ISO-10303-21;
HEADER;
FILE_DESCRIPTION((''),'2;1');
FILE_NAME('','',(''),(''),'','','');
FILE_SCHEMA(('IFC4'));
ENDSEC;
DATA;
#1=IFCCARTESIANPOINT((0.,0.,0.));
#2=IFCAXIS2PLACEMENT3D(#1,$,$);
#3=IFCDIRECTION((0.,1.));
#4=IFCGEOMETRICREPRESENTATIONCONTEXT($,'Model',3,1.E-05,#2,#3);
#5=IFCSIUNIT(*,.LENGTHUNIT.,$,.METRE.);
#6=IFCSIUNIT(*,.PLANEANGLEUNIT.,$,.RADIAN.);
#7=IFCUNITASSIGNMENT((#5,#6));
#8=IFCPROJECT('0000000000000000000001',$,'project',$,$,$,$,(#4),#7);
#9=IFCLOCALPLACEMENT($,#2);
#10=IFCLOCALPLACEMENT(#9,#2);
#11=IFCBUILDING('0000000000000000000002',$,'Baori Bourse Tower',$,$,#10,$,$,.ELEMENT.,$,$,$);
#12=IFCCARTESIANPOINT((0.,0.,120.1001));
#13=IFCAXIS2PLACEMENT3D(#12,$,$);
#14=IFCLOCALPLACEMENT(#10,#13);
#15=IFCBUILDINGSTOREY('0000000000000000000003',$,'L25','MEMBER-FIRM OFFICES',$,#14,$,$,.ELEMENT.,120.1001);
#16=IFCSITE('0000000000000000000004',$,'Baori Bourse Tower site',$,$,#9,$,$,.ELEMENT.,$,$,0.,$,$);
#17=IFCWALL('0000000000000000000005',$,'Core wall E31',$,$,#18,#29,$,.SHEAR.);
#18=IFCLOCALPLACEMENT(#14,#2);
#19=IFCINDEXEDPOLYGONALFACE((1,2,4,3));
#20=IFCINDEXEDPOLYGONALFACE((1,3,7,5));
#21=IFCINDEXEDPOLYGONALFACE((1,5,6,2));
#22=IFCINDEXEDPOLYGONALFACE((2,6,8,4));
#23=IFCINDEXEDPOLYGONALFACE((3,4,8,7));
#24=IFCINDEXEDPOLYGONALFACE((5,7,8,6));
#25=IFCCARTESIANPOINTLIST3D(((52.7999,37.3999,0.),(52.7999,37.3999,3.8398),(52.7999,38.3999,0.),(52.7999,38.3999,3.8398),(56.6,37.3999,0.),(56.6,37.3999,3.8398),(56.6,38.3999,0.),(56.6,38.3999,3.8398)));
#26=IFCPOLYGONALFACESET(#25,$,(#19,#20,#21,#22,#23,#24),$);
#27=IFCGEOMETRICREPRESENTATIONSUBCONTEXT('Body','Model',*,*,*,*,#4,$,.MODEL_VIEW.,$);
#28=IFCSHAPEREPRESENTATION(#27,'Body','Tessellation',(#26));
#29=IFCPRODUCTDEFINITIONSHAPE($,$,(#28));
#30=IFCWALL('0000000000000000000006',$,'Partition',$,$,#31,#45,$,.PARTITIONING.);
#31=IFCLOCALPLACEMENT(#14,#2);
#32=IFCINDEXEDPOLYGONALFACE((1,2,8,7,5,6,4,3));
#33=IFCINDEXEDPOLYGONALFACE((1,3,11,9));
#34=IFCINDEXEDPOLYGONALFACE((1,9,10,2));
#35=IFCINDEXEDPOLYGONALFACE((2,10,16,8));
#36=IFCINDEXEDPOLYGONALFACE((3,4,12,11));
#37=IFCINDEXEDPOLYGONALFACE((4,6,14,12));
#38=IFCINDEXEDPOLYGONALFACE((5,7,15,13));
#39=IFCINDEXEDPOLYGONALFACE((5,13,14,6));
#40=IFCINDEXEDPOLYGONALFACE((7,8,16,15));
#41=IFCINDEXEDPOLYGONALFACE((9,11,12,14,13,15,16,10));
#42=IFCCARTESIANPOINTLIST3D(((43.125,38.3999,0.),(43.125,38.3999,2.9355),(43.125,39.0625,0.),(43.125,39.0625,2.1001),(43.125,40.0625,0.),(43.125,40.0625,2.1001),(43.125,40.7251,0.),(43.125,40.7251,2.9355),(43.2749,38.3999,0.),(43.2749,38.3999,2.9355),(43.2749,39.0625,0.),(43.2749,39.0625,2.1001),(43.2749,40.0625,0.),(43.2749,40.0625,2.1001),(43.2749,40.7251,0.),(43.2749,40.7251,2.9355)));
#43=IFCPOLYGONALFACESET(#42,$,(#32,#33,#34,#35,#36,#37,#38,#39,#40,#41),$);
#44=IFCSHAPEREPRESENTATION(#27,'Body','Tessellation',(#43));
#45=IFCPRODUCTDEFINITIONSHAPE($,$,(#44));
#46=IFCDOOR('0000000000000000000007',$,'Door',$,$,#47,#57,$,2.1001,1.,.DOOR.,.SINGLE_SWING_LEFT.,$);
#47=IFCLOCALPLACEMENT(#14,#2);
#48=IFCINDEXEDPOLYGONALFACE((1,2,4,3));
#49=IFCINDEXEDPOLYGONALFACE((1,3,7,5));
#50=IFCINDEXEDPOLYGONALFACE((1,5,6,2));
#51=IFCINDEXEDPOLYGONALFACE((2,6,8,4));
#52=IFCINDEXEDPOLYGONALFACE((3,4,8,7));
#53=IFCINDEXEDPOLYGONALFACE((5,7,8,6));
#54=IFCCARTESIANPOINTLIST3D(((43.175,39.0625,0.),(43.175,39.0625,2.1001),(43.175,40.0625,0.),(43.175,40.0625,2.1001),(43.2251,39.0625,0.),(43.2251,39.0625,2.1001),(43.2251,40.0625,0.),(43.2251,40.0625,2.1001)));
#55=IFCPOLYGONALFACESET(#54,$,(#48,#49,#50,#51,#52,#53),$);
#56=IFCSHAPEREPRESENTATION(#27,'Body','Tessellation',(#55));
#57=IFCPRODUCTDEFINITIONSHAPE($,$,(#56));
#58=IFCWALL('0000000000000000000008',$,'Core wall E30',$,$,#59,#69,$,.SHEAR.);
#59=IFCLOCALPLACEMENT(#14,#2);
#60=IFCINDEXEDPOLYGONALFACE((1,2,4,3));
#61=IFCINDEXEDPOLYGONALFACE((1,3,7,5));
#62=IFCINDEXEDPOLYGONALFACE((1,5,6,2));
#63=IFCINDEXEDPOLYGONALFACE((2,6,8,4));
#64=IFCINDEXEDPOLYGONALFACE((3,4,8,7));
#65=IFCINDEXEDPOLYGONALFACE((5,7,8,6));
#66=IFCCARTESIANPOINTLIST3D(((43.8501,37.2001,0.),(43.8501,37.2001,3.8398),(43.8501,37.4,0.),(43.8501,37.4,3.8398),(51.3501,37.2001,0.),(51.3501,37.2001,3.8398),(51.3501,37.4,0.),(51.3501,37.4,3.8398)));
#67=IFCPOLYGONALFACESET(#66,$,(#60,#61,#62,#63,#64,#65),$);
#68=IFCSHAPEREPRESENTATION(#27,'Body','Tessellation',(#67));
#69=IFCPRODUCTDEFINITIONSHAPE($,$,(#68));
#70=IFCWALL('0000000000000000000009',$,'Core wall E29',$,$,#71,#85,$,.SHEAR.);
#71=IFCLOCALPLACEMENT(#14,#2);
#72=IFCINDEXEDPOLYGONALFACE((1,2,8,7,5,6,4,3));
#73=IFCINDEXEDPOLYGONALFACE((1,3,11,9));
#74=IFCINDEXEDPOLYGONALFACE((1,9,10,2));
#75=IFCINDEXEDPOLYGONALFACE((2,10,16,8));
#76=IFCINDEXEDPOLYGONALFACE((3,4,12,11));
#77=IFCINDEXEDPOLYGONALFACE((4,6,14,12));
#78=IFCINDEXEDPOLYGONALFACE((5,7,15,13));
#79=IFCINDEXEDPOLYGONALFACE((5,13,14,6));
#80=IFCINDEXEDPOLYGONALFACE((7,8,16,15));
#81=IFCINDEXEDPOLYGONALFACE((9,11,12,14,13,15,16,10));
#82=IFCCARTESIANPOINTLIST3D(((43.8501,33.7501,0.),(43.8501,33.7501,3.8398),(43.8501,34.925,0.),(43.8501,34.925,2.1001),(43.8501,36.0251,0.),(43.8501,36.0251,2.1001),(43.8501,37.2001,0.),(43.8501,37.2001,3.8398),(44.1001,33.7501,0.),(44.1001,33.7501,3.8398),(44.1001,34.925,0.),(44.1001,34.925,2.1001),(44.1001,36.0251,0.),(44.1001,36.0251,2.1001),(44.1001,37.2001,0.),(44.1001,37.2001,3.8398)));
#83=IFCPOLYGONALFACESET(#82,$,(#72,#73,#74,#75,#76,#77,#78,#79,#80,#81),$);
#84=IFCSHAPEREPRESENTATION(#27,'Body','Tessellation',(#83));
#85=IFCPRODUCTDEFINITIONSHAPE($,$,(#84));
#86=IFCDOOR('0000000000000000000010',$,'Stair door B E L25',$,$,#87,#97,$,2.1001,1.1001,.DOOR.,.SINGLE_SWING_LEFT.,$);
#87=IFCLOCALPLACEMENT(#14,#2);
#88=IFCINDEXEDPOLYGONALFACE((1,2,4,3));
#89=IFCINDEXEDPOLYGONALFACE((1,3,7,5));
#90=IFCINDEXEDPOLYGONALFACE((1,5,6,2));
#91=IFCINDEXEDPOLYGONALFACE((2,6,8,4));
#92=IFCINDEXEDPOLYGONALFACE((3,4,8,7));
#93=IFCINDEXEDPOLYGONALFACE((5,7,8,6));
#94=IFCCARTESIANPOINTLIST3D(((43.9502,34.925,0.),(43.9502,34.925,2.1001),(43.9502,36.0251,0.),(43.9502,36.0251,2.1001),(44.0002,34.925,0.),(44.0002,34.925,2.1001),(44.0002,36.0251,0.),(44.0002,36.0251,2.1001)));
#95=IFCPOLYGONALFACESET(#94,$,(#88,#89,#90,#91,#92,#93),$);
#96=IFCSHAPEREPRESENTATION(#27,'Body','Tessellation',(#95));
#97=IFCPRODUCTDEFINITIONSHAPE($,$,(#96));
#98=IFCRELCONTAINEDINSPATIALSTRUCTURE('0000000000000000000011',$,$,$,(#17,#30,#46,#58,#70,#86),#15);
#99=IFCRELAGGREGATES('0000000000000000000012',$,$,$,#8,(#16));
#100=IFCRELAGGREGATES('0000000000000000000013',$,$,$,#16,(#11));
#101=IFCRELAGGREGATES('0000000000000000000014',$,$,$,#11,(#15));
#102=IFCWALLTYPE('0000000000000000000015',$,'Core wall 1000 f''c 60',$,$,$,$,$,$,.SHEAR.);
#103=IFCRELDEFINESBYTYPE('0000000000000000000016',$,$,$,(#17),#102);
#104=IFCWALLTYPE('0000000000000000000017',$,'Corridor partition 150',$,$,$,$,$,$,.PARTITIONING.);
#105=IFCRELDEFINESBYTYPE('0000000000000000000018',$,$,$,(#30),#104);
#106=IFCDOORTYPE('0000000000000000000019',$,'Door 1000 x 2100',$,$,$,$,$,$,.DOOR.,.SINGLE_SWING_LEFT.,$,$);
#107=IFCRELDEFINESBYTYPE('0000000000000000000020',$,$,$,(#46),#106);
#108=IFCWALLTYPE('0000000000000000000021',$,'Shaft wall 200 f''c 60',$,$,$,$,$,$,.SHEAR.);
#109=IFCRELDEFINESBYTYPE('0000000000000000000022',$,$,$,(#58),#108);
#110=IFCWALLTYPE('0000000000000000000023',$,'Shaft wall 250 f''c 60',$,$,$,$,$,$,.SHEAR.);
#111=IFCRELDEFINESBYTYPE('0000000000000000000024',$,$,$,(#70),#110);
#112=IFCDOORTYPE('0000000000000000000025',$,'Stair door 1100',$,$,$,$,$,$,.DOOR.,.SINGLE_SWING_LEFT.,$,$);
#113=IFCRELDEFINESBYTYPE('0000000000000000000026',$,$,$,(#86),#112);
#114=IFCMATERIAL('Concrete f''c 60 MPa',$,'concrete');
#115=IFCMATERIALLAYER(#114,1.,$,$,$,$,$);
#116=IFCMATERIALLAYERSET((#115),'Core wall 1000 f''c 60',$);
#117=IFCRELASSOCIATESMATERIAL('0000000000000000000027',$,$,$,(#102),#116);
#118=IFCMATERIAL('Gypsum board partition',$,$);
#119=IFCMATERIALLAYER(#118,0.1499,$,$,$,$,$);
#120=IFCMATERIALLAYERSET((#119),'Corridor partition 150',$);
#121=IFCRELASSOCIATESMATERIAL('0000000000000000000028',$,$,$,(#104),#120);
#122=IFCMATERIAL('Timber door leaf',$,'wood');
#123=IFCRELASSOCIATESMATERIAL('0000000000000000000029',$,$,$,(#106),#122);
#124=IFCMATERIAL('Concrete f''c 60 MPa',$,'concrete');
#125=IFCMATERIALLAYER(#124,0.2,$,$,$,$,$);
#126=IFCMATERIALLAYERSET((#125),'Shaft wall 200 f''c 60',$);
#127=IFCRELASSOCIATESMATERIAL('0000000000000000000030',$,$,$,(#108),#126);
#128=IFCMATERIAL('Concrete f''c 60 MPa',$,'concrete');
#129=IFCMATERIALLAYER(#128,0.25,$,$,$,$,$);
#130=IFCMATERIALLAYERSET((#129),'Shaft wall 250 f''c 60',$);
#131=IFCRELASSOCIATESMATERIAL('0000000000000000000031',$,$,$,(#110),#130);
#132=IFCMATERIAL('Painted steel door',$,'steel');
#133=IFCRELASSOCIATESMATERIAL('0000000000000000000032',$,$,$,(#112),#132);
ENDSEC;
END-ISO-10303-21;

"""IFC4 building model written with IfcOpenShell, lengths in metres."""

from ifc_helpers import new_model, si_unit, direction, frame, frame_2d, origin, place, context, subcontext, project, spatial, rectangle, extrude, material, layer, layer_set, type_object, element, fill, save


model = new_model("IFC4")

# Units and contexts
model_context = context("Model", 3, precision=1e-05, world=origin(), true_north=direction((0.0, 1.0)))
body_context = subcontext(model_context, "Body", "Model", "MODEL_VIEW")
ifc_project = project(units=[si_unit("LENGTHUNIT", "METRE"), si_unit("PLANEANGLEUNIT", "RADIAN")], contexts=[model_context])

# Site, building, storey
site_placement = place(None, origin())
site = spatial("IfcSite", under=ifc_project, at=site_placement, Name="Baori Bourse Tower site", CompositionType="ELEMENT", RefElevation=0.0)
building_placement = place(site_placement, origin())
building = spatial("IfcBuilding", under=site, at=building_placement, Name="Baori Bourse Tower", CompositionType="ELEMENT")
storey_placement = place(building_placement, frame((0.0, 0.0, 120.1001)))
storey = spatial("IfcBuildingStorey", under=building, at=storey_placement, Name="L25", Description="MEMBER-FIRM OFFICES", CompositionType="ELEMENT", Elevation=120.1001)

# Wall
ifc_material_1 = material(Name="Concrete f'c 60 MPa", Category="concrete")
ifc_layer_1 = layer(ifc_material_1, 1.0)
ifc_layer_set_1 = layer_set([ifc_layer_1], Name="Core wall 1000 f'c 60")
wall_type_1 = type_object("IfcWallType", Name="Core wall 1000 f'c 60", PredefinedType="SHEAR", material=ifc_layer_set_1)
wall_1_placement = place(storey_placement, frame((52.8, 37.8999, 0.0), z_axis=(0.0, 0.0, 1.0), x_axis=(1.0, 0.0, 0.0)))
element("IfcWall", 1, at=wall_1_placement, inside=storey, type_object=wall_type_1, Name="Core wall E31", PredefinedType="SHEAR", context=body_context, shape_type="SweptSolid", body=[
    extrude(rectangle(XDim=3.8, YDim=1.0, at=frame_2d((1.8999, 0.0))), origin(), (0.0, 0.0, 1.0), 3.8398),
])

# Wall, opening, door
ifc_material_2 = material(Name="Gypsum board partition")
ifc_layer_2 = layer(ifc_material_2, 0.1499)
ifc_layer_set_2 = layer_set([ifc_layer_2], Name="Corridor partition 150")
wall_type_2 = type_object("IfcWallType", Name="Corridor partition 150", PredefinedType="PARTITIONING", material=ifc_layer_set_2)
wall_2_placement = place(storey_placement, frame((43.2, 38.3999, 0.0), z_axis=(0.0, 0.0, 1.0), x_axis=(0.0, 1.0, 0.0)))
wall_2 = element("IfcWall", 2, at=wall_2_placement, inside=storey, type_object=wall_type_2, Name="Partition", PredefinedType="PARTITIONING", context=body_context, shape_type="SweptSolid", body=[
    extrude(rectangle(XDim=2.3252, YDim=0.1499, at=frame_2d((1.1626, 0.0))), origin(), (0.0, 0.0, 1.0), 2.9355),
])
opening_1_placement = place(wall_2_placement, frame((0.6626, 0.0, 0.0)))
opening_1 = element("IfcOpeningElement", 3, at=opening_1_placement, cuts=wall_2, PredefinedType="OPENING", context=body_context, shape_type="SweptSolid", body=[
    extrude(rectangle(XDim=1.0, YDim=2.1001, at=frame_2d((0.5, 1.05))), frame((0.0, 0.085, 0.0), z_axis=(0.0, -1.0, 0.0), x_axis=(1.0, 0.0, 0.0)), (0.0, 0.0, 1.0), 0.1699),
])
ifc_material_3 = material(Name="Timber door leaf", Category="wood")
door_type_1 = type_object("IfcDoorType", Name="Door 1000 x 2100", OperationType="SINGLE_SWING_LEFT", PredefinedType="DOOR", material=ifc_material_3)
door_1_placement = place(opening_1_placement, origin())
door_1 = element("IfcDoor", 4, at=door_1_placement, inside=storey, type_object=door_type_1, Name="Door", OperationType="SINGLE_SWING_LEFT", OverallHeight=2.1001, OverallWidth=1.0, PredefinedType="DOOR", context=body_context, shape_type="SweptSolid", body=[
    extrude(rectangle(XDim=1.0, YDim=2.1001, at=frame_2d((0.5, 1.05))), frame((0.0, 0.0249, 0.0), z_axis=(0.0, -1.0, 0.0), x_axis=(1.0, 0.0, 0.0)), (0.0, 0.0, 1.0), 0.05),
])
fill(opening_1, door_1)

# Wall
ifc_material_4 = material(Name="Concrete f'c 60 MPa", Category="concrete")
ifc_layer_3 = layer(ifc_material_4, 0.2)
ifc_layer_set_3 = layer_set([ifc_layer_3], Name="Shaft wall 200 f'c 60")
wall_type_3 = type_object("IfcWallType", Name="Shaft wall 200 f'c 60", PredefinedType="SHEAR", material=ifc_layer_set_3)
wall_3_placement = place(storey_placement, frame((43.8501, 37.3, 0.0), z_axis=(0.0, 0.0, 1.0), x_axis=(1.0, 0.0, 0.0)))
element("IfcWall", 5, at=wall_3_placement, inside=storey, type_object=wall_type_3, Name="Core wall E30", PredefinedType="SHEAR", context=body_context, shape_type="SweptSolid", body=[
    extrude(rectangle(XDim=7.5, YDim=0.2, at=frame_2d((3.75, 0.0))), origin(), (0.0, 0.0, 1.0), 3.8398),
])

# Wall, opening, door
ifc_material_5 = material(Name="Concrete f'c 60 MPa", Category="concrete")
ifc_layer_4 = layer(ifc_material_5, 0.25)
ifc_layer_set_4 = layer_set([ifc_layer_4], Name="Shaft wall 250 f'c 60")
wall_type_4 = type_object("IfcWallType", Name="Shaft wall 250 f'c 60", PredefinedType="SHEAR", material=ifc_layer_set_4)
wall_4_placement = place(storey_placement, frame((43.9751, 33.75, 0.0), z_axis=(0.0, 0.0, 1.0), x_axis=(0.0, 1.0, 0.0)))
wall_4 = element("IfcWall", 6, at=wall_4_placement, inside=storey, type_object=wall_type_4, Name="Core wall E29", PredefinedType="SHEAR", context=body_context, shape_type="SweptSolid", body=[
    extrude(rectangle(XDim=3.45, YDim=0.25, at=frame_2d((1.7251, 0.0))), origin(), (0.0, 0.0, 1.0), 3.8398),
])
opening_2_placement = place(wall_4_placement, frame((1.175, 0.0, 0.0)))
opening_2 = element("IfcOpeningElement", 7, at=opening_2_placement, cuts=wall_4, PredefinedType="OPENING", context=body_context, shape_type="SweptSolid", body=[
    extrude(rectangle(XDim=1.1001, YDim=2.1001, at=frame_2d((0.55, 1.05))), frame((0.0, 0.135, 0.0), z_axis=(0.0, -1.0, 0.0), x_axis=(1.0, 0.0, 0.0)), (0.0, 0.0, 1.0), 0.27),
])
ifc_material_6 = material(Name="Painted steel door", Category="steel")
door_type_2 = type_object("IfcDoorType", Name="Stair door 1100", OperationType="SINGLE_SWING_LEFT", PredefinedType="DOOR", material=ifc_material_6)
door_2_placement = place(opening_2_placement, origin())
door_2 = element("IfcDoor", 8, at=door_2_placement, inside=storey, type_object=door_type_2, Name="Stair door B E L25", OperationType="SINGLE_SWING_LEFT", OverallHeight=2.1001, OverallWidth=1.1001, PredefinedType="DOOR", context=body_context, shape_type="SweptSolid", body=[
    extrude(rectangle(XDim=1.1001, YDim=2.1001, at=frame_2d((0.55, 1.05))), frame((0.0, 0.0249, 0.0), z_axis=(0.0, -1.0, 0.0), x_axis=(1.0, 0.0, 0.0)), (0.0, 0.0, 1.0), 0.05),
])
fill(opening_2, door_2)

save(model, "model.ifc")
